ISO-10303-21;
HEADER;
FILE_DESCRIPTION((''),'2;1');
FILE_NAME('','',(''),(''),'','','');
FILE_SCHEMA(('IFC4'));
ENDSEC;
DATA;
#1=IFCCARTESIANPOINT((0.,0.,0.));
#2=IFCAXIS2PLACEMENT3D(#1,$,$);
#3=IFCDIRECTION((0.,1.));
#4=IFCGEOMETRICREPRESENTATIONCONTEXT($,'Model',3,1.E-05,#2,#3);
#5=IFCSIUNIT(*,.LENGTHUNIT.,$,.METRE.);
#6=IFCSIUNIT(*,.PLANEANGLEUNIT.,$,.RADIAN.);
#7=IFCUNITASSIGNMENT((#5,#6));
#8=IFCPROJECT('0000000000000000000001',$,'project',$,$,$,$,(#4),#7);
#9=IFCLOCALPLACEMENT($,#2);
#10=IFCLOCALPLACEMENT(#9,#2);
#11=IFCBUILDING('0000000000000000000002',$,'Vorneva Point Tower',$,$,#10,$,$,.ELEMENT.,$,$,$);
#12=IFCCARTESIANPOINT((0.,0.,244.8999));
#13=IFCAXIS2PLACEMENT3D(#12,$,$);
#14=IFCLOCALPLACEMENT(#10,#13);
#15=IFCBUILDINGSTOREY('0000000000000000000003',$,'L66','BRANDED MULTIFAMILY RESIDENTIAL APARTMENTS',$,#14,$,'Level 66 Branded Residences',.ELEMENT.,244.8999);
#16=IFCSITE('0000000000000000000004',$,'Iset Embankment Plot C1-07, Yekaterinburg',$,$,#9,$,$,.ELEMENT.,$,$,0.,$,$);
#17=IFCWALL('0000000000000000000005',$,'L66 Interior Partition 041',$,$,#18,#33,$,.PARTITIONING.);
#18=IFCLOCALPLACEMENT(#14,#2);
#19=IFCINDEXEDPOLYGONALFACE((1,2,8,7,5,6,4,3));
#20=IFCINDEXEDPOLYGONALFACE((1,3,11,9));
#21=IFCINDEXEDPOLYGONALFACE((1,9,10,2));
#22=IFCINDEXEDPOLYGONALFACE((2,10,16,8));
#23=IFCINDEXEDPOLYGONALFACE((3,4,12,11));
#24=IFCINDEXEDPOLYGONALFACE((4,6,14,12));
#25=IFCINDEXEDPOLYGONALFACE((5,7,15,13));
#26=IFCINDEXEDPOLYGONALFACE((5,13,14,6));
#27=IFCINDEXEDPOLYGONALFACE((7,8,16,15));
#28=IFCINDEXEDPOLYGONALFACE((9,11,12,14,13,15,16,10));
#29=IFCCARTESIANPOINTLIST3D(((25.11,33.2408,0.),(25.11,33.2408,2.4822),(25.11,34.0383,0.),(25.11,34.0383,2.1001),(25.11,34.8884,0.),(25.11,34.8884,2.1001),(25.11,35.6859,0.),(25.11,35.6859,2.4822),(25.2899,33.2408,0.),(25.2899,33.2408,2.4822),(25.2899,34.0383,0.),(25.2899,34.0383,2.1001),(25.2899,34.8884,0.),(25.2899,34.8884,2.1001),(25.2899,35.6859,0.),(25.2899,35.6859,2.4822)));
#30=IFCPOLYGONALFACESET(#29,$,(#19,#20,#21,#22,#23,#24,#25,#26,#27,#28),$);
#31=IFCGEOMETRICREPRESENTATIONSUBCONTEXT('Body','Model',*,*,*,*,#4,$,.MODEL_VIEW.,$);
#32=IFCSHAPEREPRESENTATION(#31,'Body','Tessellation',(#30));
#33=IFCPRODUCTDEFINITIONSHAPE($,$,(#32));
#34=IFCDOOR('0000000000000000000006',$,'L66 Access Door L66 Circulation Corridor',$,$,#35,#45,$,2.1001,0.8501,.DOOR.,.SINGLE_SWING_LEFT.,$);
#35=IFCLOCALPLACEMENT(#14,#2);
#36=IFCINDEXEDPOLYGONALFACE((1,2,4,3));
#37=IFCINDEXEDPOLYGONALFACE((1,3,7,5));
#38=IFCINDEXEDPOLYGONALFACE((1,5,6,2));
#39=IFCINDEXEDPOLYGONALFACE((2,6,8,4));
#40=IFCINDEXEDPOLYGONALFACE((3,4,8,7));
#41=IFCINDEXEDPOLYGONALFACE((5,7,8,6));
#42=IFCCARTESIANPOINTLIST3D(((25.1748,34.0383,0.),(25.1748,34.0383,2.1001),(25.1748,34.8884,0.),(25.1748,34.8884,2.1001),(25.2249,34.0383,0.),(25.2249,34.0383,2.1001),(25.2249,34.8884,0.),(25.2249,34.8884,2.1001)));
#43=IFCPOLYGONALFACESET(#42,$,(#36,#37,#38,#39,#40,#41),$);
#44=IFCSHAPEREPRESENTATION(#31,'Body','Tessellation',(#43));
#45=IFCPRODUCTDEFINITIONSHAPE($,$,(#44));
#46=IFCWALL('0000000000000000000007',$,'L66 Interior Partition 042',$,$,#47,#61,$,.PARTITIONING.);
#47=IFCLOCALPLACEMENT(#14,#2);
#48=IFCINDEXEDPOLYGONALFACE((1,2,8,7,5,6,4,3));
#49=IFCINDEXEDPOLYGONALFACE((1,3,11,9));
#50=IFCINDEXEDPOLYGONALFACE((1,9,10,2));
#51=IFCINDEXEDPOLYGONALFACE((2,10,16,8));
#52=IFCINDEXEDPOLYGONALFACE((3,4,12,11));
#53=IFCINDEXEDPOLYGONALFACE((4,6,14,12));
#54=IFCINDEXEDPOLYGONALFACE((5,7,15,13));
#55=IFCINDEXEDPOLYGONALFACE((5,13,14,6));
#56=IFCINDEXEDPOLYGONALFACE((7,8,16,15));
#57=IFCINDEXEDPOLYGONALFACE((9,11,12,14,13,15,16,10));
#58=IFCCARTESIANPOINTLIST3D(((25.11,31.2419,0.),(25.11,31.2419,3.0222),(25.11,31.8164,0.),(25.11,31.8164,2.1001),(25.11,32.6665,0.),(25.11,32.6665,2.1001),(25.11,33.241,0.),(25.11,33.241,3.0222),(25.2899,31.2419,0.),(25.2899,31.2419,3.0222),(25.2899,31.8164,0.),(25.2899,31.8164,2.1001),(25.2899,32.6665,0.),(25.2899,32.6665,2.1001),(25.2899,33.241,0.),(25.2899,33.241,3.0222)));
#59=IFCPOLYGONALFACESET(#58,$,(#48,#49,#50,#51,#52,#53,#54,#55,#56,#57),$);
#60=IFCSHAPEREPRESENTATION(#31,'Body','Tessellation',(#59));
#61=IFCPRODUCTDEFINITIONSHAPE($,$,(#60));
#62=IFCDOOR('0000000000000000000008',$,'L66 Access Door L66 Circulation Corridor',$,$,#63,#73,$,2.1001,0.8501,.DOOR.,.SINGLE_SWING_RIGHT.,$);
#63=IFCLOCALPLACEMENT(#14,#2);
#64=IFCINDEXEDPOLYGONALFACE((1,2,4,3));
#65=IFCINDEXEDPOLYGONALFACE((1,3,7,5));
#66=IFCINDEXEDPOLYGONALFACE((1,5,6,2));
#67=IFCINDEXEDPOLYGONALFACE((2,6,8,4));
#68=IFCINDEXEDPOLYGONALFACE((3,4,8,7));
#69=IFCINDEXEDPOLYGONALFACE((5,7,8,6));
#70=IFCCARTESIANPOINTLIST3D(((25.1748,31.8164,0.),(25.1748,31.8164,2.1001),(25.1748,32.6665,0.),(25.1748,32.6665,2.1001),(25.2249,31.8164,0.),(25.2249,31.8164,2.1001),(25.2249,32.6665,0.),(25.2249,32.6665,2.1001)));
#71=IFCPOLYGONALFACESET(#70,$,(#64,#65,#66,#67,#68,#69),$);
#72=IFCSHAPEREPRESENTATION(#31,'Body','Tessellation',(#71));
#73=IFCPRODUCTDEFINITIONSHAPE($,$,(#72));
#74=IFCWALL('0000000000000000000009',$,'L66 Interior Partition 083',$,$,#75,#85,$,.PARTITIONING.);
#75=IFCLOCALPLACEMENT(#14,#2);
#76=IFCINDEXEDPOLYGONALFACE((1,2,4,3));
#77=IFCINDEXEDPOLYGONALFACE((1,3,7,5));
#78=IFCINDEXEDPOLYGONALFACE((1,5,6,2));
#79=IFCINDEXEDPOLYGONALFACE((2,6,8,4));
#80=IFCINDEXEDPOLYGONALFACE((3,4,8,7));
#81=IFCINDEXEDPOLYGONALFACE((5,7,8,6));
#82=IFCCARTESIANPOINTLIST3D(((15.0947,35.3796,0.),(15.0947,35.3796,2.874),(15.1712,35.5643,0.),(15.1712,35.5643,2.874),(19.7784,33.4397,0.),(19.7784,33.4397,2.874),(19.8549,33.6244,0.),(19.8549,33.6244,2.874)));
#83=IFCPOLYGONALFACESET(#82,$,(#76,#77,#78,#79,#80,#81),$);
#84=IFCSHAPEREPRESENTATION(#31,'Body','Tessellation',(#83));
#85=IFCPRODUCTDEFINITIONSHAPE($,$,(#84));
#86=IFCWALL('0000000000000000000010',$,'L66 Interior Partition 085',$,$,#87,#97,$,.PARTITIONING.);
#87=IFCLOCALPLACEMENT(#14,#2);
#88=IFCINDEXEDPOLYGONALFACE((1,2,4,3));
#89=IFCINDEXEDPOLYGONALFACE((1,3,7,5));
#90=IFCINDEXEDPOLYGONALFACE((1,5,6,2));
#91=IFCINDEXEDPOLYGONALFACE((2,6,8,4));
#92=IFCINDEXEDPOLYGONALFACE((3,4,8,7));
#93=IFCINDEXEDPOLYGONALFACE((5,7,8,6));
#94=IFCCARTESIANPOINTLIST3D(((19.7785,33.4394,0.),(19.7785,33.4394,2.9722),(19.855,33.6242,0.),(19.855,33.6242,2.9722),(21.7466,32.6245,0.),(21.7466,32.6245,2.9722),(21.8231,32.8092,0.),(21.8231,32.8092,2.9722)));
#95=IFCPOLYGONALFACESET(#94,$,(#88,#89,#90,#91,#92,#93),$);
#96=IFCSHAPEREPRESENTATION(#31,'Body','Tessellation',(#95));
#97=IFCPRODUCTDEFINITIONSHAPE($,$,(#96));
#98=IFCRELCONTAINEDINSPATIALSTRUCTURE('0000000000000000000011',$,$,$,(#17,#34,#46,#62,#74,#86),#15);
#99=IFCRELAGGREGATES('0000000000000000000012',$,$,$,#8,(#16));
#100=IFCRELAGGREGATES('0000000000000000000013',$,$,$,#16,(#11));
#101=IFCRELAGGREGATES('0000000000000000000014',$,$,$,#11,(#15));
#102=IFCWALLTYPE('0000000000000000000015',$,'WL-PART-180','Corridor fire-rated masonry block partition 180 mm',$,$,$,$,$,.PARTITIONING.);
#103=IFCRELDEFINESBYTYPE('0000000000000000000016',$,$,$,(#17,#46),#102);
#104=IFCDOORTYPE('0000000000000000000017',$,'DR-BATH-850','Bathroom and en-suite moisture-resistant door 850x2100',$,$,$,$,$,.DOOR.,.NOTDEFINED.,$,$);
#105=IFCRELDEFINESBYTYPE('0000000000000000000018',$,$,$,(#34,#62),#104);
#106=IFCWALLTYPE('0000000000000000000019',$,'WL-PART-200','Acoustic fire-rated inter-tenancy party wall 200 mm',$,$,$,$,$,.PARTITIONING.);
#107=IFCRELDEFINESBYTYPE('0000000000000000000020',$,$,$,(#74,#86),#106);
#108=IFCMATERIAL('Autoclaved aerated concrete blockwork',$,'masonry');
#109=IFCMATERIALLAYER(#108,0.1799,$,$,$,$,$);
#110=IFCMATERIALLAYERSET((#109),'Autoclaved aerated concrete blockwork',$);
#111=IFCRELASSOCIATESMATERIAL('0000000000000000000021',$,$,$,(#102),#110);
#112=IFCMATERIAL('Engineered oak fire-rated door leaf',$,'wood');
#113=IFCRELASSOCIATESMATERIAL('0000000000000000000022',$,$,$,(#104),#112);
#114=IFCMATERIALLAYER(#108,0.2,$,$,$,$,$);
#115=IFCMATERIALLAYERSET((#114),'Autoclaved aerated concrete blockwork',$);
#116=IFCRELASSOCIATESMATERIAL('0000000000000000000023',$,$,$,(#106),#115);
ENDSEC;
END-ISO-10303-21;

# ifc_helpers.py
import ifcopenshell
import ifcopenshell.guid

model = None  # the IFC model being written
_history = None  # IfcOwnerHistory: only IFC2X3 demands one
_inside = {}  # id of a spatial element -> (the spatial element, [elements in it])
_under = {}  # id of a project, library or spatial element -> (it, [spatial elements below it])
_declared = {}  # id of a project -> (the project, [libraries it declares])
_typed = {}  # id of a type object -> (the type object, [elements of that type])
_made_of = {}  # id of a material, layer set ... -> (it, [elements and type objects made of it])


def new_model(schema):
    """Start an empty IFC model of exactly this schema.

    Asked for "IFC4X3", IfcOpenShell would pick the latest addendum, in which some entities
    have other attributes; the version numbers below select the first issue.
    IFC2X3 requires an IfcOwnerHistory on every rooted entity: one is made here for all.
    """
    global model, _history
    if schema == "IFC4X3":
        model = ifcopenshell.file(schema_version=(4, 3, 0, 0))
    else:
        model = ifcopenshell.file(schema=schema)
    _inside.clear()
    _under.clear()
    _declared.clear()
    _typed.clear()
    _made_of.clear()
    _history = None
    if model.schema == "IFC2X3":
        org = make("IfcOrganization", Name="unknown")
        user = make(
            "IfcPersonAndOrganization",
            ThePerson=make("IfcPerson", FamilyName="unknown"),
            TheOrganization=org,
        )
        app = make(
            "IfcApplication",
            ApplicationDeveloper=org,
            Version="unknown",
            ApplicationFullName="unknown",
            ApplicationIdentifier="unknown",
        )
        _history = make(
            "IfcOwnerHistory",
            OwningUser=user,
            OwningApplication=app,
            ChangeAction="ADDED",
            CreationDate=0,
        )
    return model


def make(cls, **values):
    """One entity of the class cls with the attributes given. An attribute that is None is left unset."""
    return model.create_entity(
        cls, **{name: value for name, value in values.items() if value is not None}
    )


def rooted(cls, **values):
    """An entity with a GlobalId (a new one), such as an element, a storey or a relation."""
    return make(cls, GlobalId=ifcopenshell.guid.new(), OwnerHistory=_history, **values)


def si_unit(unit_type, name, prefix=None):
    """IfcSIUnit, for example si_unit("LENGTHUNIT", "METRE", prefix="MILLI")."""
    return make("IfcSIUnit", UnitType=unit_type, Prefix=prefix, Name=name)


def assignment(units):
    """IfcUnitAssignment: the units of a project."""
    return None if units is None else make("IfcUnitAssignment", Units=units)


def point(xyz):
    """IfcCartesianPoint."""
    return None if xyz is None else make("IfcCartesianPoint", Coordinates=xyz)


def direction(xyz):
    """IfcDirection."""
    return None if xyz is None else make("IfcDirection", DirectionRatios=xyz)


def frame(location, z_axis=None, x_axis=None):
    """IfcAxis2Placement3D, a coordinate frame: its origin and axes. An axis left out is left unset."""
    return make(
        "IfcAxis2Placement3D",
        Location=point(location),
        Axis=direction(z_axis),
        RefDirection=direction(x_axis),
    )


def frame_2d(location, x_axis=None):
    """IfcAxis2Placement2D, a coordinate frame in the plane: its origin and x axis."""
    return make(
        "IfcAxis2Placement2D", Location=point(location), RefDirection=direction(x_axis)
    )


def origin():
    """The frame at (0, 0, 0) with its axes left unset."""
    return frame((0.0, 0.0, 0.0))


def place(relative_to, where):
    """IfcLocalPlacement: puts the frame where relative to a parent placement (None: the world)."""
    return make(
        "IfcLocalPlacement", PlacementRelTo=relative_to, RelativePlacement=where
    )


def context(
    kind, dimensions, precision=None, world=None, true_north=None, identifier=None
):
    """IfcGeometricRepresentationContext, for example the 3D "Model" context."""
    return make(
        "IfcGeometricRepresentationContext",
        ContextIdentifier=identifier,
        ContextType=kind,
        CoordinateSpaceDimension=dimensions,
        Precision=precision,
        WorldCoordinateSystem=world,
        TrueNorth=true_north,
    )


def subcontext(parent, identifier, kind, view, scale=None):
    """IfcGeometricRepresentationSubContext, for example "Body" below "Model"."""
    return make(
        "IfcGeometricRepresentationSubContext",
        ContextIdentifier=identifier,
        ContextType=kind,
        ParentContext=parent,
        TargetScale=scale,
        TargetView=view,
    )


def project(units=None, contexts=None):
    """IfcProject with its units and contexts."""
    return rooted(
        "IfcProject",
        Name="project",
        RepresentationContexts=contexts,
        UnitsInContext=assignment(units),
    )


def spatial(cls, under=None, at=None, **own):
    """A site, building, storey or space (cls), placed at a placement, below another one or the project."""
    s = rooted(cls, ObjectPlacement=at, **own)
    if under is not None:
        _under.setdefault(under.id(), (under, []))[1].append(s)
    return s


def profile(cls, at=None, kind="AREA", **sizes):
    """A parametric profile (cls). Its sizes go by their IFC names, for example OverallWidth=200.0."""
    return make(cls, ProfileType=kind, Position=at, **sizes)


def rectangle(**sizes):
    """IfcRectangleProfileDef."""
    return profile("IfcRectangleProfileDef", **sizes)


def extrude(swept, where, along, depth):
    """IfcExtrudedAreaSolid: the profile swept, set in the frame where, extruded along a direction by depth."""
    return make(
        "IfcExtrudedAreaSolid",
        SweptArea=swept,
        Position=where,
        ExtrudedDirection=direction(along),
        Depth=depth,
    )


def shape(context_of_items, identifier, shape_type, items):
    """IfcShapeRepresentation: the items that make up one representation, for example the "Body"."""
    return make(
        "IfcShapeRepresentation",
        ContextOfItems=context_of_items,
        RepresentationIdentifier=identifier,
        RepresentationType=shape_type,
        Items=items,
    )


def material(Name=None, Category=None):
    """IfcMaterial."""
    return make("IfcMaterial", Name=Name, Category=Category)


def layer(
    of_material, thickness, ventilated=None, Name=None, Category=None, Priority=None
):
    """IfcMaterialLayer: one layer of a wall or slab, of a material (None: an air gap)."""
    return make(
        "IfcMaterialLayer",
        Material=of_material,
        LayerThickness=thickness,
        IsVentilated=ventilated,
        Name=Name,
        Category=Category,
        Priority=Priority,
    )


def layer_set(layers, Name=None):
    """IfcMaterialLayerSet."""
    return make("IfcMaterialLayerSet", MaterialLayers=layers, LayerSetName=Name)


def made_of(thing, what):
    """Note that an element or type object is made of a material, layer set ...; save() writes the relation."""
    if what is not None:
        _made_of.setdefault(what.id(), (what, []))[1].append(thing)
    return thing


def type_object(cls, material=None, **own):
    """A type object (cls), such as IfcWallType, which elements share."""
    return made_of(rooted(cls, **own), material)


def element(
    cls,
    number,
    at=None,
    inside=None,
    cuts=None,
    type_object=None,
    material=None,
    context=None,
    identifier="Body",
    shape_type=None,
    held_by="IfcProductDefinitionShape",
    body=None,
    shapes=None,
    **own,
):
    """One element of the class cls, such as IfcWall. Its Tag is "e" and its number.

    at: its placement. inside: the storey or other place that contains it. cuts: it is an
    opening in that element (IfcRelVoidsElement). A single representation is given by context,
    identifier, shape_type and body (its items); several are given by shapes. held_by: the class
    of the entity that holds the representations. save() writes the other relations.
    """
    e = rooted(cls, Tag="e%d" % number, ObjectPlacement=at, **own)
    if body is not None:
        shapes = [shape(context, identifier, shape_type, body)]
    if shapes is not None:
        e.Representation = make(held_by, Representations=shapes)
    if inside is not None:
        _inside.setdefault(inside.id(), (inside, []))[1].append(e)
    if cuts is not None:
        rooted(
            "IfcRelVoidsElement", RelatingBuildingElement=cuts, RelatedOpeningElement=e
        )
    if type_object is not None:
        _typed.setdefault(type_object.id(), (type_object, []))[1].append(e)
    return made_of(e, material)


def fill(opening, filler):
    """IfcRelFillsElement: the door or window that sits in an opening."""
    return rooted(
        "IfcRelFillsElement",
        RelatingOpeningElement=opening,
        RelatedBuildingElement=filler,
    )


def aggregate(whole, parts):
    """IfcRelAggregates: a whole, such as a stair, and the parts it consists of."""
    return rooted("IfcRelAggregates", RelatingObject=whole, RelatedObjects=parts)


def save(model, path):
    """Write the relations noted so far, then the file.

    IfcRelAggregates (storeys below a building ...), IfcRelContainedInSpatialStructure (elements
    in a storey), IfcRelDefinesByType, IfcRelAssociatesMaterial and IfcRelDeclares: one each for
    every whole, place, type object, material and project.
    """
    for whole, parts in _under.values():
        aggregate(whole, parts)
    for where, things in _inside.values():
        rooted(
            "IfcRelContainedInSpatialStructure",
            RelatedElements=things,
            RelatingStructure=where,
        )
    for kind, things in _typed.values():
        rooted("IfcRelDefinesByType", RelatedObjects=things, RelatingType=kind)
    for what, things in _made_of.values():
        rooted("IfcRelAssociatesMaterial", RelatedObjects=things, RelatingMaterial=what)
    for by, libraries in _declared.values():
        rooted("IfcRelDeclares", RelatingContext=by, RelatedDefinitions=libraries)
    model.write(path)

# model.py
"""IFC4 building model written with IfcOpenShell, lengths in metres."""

from ifc_helpers import new_model, si_unit, direction, frame, frame_2d, origin, place, context, subcontext, project, spatial, rectangle, extrude, material, layer, layer_set, type_object, element, fill, save


model = new_model("IFC4")

# Units and contexts
model_context = context("Model", 3, precision=1e-05, world=origin(), true_north=direction((0.0, 1.0)))
body_context = subcontext(model_context, "Body", "Model", "MODEL_VIEW")
ifc_project = project(units=[si_unit("LENGTHUNIT", "METRE"), si_unit("PLANEANGLEUNIT", "RADIAN")], contexts=[model_context])

# Site, building, storey
site_placement = place(None, origin())
site = spatial("IfcSite", under=ifc_project, at=site_placement, Name="Iset Embankment Plot C1-07, Yekaterinburg", CompositionType="ELEMENT", RefElevation=0.0)
building_placement = place(site_placement, origin())
building = spatial("IfcBuilding", under=site, at=building_placement, Name="Vorneva Point Tower", CompositionType="ELEMENT")
storey_placement = place(building_placement, frame((0.0, 0.0, 244.8999)))
storey = spatial("IfcBuildingStorey", under=building, at=storey_placement, Name="L66", Description="BRANDED MULTIFAMILY RESIDENTIAL APARTMENTS", LongName="Level 66 Branded Residences", CompositionType="ELEMENT", Elevation=244.8999)

# Shared definitions
ifc_material_1 = material(Name="Engineered oak fire-rated door leaf", Category="wood")

# Walls, openings, doors
ifc_material_2 = material(Name="Autoclaved aerated concrete blockwork", Category="masonry")
ifc_layer_1 = layer(ifc_material_2, 0.1799)
ifc_layer_set_1 = layer_set([ifc_layer_1], Name="Autoclaved aerated concrete blockwork")
wall_type_1 = type_object("IfcWallType", Name="WL-PART-180", Description="Corridor fire-rated masonry block partition 180 mm", PredefinedType="PARTITIONING", material=ifc_layer_set_1)
wall_1_placement = place(storey_placement, frame((25.2, 35.686, 0.0), z_axis=(0.0, 0.0, 1.0), x_axis=(0.0, -1.0, 0.0)))
wall_1 = element("IfcWall", 1, at=wall_1_placement, inside=storey, type_object=wall_type_1, Name="L66 Interior Partition 041", PredefinedType="PARTITIONING", context=body_context, shape_type="SweptSolid", body=[
    extrude(rectangle(XDim=2.4451, YDim=0.1799, at=frame_2d((1.2227, 0.0))), origin(), (0.0, 0.0, 1.0), 2.4822),
])
opening_1_placement = place(wall_1_placement, frame((0.7976, 0.0, 0.0)))
opening_1 = element("IfcOpeningElement", 2, at=opening_1_placement, cuts=wall_1, PredefinedType="OPENING", context=body_context, shape_type="SweptSolid", body=[
    extrude(rectangle(XDim=0.8501, YDim=2.1001, at=frame_2d((0.425, 1.05))), frame((0.0, 0.105, 0.0), z_axis=(0.0, -1.0, 0.0), x_axis=(1.0, 0.0, 0.0)), (0.0, 0.0, 1.0), 0.2097),
])
door_type_1 = type_object("IfcDoorType", Name="DR-BATH-850", Description="Bathroom and en-suite moisture-resistant door 850x2100", OperationType="NOTDEFINED", PredefinedType="DOOR", material=ifc_material_1)
door_1_placement = place(opening_1_placement, origin())
door_1 = element("IfcDoor", 3, at=door_1_placement, inside=storey, type_object=door_type_1, Name="L66 Access Door L66 Circulation Corridor", OperationType="SINGLE_SWING_LEFT", OverallHeight=2.1001, OverallWidth=0.8501, PredefinedType="DOOR", context=body_context, shape_type="SweptSolid", body=[
    extrude(rectangle(XDim=0.8501, YDim=2.1001, at=frame_2d((0.425, 1.05))), frame((0.0, 0.0249, 0.0), z_axis=(0.0, -1.0, 0.0), x_axis=(1.0, 0.0, 0.0)), (0.0, 0.0, 1.0), 0.05),
])
fill(opening_1, door_1)
wall_2_placement = place(storey_placement, frame((25.2, 33.241, 0.0), z_axis=(0.0, 0.0, 1.0), x_axis=(0.0, -1.0, 0.0)))
wall_2 = element("IfcWall", 4, at=wall_2_placement, inside=storey, type_object=wall_type_1, Name="L66 Interior Partition 042", PredefinedType="PARTITIONING", context=body_context, shape_type="SweptSolid", body=[
    extrude(rectangle(XDim=1.999, YDim=0.1799, at=frame_2d((0.9995, 0.0))), origin(), (0.0, 0.0, 1.0), 3.0222),
])
opening_2_placement = place(wall_2_placement, frame((0.5745, 0.0, 0.0)))
opening_2 = element("IfcOpeningElement", 5, at=opening_2_placement, cuts=wall_2, PredefinedType="OPENING", context=body_context, shape_type="SweptSolid", body=[
    extrude(rectangle(XDim=0.8501, YDim=2.1001, at=frame_2d((0.425, 1.05))), frame((0.0, 0.105, 0.0), z_axis=(0.0, -1.0, 0.0), x_axis=(1.0, 0.0, 0.0)), (0.0, 0.0, 1.0), 0.2097),
])
door_2_placement = place(opening_2_placement, origin())
door_2 = element("IfcDoor", 6, at=door_2_placement, inside=storey, type_object=door_type_1, Name="L66 Access Door L66 Circulation Corridor", OperationType="SINGLE_SWING_RIGHT", OverallHeight=2.1001, OverallWidth=0.8501, PredefinedType="DOOR", context=body_context, shape_type="SweptSolid", body=[
    extrude(rectangle(XDim=0.8501, YDim=2.1001, at=frame_2d((0.425, 1.05))), frame((0.0, 0.0249, 0.0), z_axis=(0.0, -1.0, 0.0), x_axis=(1.0, 0.0, 0.0)), (0.0, 0.0, 1.0), 0.05),
])
fill(opening_2, door_2)

# Walls
ifc_layer_2 = layer(ifc_material_2, 0.2)
ifc_layer_set_2 = layer_set([ifc_layer_2], Name="Autoclaved aerated concrete blockwork")
wall_type_2 = type_object("IfcWallType", Name="WL-PART-200", Description="Acoustic fire-rated inter-tenancy party wall 200 mm", PredefinedType="PARTITIONING", material=ifc_layer_set_2)
wall_3_placement = place(storey_placement, frame((15.1331, 35.4719, 0.0), z_axis=(0.0, 0.0, 1.0), x_axis=(0.923891, -0.382655, 0.0)))
element("IfcWall", 7, at=wall_3_placement, inside=storey, type_object=wall_type_2, Name="L66 Interior Partition 083", PredefinedType="PARTITIONING", context=body_context, shape_type="SweptSolid", body=[
    extrude(rectangle(XDim=5.0696, YDim=0.2, at=frame_2d((2.5347, 0.0))), origin(), (0.0, 0.0, 1.0), 2.874),
])
wall_4_placement = place(storey_placement, frame((19.8169, 33.5317, 0.0), z_axis=(0.0, 0.0, 1.0), x_axis=(0.923919, -0.382588, 0.0)))
element("IfcWall", 8, at=wall_4_placement, inside=storey, type_object=wall_type_2, Name="L66 Interior Partition 085", PredefinedType="PARTITIONING", context=body_context, shape_type="SweptSolid", body=[
    extrude(rectangle(XDim=2.1301, YDim=0.2, at=frame_2d((1.0649, 0.0))), origin(), (0.0, 0.0, 1.0), 2.9722),
])

save(model, "model.ifc")
